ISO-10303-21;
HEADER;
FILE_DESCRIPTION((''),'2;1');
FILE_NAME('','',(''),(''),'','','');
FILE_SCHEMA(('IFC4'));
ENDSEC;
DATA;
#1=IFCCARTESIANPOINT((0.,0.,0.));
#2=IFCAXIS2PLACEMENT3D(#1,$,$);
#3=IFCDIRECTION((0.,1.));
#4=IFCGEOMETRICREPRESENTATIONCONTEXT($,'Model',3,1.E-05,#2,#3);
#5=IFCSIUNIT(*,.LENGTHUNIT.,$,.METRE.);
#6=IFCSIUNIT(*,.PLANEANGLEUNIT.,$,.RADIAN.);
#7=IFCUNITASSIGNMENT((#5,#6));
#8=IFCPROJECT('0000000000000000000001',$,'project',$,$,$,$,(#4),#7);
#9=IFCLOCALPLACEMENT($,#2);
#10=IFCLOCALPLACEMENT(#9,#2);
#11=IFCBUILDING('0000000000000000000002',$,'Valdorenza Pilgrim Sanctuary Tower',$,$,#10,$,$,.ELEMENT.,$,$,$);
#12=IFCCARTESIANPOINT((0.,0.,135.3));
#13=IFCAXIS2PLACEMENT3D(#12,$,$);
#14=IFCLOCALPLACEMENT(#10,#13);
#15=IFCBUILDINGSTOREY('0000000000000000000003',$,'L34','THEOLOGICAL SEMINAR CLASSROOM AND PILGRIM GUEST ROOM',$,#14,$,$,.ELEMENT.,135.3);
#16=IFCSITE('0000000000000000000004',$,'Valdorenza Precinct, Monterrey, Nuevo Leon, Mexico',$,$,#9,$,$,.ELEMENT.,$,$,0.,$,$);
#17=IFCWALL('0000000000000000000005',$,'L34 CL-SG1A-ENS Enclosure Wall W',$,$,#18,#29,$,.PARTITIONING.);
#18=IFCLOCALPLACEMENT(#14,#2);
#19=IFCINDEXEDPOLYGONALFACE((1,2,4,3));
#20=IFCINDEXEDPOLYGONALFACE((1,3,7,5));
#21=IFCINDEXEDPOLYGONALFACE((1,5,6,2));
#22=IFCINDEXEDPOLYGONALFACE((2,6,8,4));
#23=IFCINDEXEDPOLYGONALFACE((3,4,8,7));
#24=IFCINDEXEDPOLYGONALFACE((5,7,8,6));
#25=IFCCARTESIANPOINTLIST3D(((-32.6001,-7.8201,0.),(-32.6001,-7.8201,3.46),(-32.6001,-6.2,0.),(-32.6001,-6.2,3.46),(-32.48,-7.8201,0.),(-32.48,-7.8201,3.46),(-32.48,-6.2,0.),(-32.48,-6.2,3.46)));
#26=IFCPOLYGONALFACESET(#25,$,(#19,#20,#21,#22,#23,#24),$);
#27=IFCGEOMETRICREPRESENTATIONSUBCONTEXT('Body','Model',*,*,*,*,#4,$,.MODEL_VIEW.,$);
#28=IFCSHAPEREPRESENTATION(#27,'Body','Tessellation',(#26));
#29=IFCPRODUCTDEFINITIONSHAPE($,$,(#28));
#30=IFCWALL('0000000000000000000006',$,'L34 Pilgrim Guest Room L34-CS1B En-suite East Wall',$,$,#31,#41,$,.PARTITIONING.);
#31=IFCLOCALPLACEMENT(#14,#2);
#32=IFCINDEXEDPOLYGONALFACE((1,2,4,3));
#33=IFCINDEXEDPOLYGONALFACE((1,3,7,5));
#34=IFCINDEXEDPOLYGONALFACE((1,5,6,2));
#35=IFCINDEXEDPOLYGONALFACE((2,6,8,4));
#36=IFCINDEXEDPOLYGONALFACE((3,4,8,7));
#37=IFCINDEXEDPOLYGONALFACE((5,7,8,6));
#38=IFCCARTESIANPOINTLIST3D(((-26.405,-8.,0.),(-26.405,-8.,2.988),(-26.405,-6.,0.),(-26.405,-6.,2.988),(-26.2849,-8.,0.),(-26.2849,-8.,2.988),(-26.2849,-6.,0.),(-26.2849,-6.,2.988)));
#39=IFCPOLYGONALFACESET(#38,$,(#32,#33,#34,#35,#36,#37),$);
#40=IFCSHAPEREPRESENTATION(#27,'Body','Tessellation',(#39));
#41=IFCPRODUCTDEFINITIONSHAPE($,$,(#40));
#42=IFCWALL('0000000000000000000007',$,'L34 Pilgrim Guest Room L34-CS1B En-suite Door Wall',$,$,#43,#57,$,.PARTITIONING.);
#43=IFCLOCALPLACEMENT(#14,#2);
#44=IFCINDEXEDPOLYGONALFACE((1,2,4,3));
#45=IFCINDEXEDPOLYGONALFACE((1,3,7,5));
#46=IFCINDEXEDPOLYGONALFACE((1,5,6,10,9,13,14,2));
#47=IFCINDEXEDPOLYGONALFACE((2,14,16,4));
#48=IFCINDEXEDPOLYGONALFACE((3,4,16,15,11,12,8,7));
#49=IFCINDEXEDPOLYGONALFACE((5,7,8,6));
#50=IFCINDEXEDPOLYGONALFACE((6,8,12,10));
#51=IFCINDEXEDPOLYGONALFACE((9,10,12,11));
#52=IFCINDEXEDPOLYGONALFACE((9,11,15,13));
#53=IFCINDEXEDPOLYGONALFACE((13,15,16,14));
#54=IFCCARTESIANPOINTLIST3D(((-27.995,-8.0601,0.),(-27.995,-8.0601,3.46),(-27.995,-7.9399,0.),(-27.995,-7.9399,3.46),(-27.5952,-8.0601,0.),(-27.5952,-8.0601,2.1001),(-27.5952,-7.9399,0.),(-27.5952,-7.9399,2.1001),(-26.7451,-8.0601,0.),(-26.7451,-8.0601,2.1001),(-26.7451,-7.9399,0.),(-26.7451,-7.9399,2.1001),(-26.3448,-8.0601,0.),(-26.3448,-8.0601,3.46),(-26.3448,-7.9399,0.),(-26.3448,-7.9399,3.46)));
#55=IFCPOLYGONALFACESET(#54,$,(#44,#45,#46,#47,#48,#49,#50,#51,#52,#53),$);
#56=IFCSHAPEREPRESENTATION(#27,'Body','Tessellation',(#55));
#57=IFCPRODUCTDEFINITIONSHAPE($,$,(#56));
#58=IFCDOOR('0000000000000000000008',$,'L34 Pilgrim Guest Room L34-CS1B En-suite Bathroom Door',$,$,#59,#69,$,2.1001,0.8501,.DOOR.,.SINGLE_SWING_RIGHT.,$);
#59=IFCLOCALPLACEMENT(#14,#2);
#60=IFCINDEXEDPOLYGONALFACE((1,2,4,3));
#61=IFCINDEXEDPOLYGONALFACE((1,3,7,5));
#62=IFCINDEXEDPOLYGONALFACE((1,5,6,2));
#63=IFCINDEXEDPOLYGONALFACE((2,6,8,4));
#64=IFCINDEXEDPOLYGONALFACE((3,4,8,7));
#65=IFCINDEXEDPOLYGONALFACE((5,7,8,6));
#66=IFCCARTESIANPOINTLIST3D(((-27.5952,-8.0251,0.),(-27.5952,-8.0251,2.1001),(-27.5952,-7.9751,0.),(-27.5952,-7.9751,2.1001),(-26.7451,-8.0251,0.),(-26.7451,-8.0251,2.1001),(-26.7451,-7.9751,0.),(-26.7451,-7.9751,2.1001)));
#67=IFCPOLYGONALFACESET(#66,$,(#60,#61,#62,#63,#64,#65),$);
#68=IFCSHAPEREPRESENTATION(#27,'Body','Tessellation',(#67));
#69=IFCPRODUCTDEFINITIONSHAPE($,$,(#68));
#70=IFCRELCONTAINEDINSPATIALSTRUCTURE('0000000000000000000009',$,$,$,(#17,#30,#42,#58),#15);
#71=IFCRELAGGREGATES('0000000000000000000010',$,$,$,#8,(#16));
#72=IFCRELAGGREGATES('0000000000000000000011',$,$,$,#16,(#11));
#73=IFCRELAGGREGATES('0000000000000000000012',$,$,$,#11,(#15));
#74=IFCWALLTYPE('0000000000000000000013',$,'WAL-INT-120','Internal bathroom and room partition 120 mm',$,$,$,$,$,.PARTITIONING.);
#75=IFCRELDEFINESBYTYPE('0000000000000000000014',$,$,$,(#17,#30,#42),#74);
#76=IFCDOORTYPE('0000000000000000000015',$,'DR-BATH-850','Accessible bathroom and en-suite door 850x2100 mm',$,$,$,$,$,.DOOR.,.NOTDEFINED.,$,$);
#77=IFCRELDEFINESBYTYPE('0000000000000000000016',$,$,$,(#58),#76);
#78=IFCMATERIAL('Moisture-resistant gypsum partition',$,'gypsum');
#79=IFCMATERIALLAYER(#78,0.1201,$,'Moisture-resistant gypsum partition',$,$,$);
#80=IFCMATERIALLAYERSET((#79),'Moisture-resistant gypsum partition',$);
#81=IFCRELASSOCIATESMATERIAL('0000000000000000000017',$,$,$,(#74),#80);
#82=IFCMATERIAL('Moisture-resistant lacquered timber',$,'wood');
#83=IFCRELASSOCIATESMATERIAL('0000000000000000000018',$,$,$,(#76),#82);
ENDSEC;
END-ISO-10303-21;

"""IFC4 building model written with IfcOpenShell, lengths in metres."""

from ifc_helpers import new_model, si_unit, direction, frame, frame_2d, origin, place, context, subcontext, project, spatial, rectangle, extrude, material, layer, layer_set, type_object, element, fill, save


model = new_model("IFC4")

# Units and contexts
model_context = context("Model", 3, precision=1e-05, world=origin(), true_north=direction((0.0, 1.0)))
body_context = subcontext(model_context, "Body", "Model", "MODEL_VIEW")
ifc_project = project(units=[si_unit("LENGTHUNIT", "METRE"), si_unit("PLANEANGLEUNIT", "RADIAN")], contexts=[model_context])

# Site, building, storey
site_placement = place(None, origin())
site = spatial("IfcSite", under=ifc_project, at=site_placement, Name="Valdorenza Precinct, Monterrey, Nuevo Leon, Mexico", CompositionType="ELEMENT", RefElevation=0.0)
building_placement = place(site_placement, origin())
building = spatial("IfcBuilding", under=site, at=building_placement, Name="Valdorenza Pilgrim Sanctuary Tower", CompositionType="ELEMENT")
storey_placement = place(building_placement, frame((0.0, 0.0, 135.3)))
storey = spatial("IfcBuildingStorey", under=building, at=storey_placement, Name="L34", Description="THEOLOGICAL SEMINAR CLASSROOM AND PILGRIM GUEST ROOM", CompositionType="ELEMENT", Elevation=135.3)

# Shared definitions
ifc_material_1 = material(Name="Moisture-resistant gypsum partition", Category="gypsum")
ifc_layer_1 = layer(ifc_material_1, 0.1201, Name="Moisture-resistant gypsum partition")
ifc_layer_set_1 = layer_set([ifc_layer_1], Name="Moisture-resistant gypsum partition")
wall_type_1 = type_object("IfcWallType", Name="WAL-INT-120", Description="Internal bathroom and room partition 120 mm", PredefinedType="PARTITIONING", material=ifc_layer_set_1)

# Shared definitions
ifc_material_2 = material(Name="Moisture-resistant lacquered timber", Category="wood")
door_type_1 = type_object("IfcDoorType", Name="DR-BATH-850", Description="Accessible bathroom and en-suite door 850x2100 mm", OperationType="NOTDEFINED", PredefinedType="DOOR", material=ifc_material_2)

# Walls
wall_1_placement = place(storey_placement, frame((-32.54, -7.8201, 0.0), z_axis=(0.0, 0.0, 1.0), x_axis=(0.0, 1.0, 0.0)))
element("IfcWall", 1, at=wall_1_placement, inside=storey, type_object=wall_type_1, Name="L34 CL-SG1A-ENS Enclosure Wall W", PredefinedType="PARTITIONING", context=body_context, shape_type="SweptSolid", body=[
    extrude(rectangle(XDim=1.6201, YDim=0.1201, at=frame_2d((0.8101, 0.0))), origin(), (0.0, 0.0, 1.0), 3.46),
])
wall_2_placement = place(storey_placement, frame((-26.345, -8.0, 0.0), z_axis=(0.0, 0.0, 1.0), x_axis=(0.0, 1.0, 0.0)))
element("IfcWall", 2, at=wall_2_placement, inside=storey, type_object=wall_type_1, Name="L34 Pilgrim Guest Room L34-CS1B En-suite East Wall", PredefinedType="PARTITIONING", context=body_context, shape_type="SweptSolid", body=[
    extrude(rectangle(XDim=2.0, YDim=0.1201, at=frame_2d((1.0, 0.0))), origin(), (0.0, 0.0, 1.0), 2.988),
])

# Wall, opening, door
wall_3_placement = place(storey_placement, frame((-27.9951, -8.0, 0.0), z_axis=(0.0, 0.0, 1.0), x_axis=(1.0, 0.0, 0.0)))
wall_3 = element("IfcWall", 3, at=wall_3_placement, inside=storey, type_object=wall_type_1, Name="L34 Pilgrim Guest Room L34-CS1B En-suite Door Wall", PredefinedType="PARTITIONING", context=body_context, shape_type="SweptSolid", body=[
    extrude(rectangle(XDim=1.6501, YDim=0.1201, at=frame_2d((0.8252, 0.0))), origin(), (0.0, 0.0, 1.0), 3.46),
])
opening_1_placement = place(wall_3_placement, frame((0.3999, 0.0, 0.0)))
opening_1 = element("IfcOpeningElement", 4, at=opening_1_placement, cuts=wall_3, PredefinedType="OPENING", context=body_context, shape_type="SweptSolid", body=[
    extrude(rectangle(XDim=0.8501, YDim=2.1001, at=frame_2d((0.425, 1.05))), frame((0.0, 0.075, 0.0), z_axis=(0.0, -1.0, 0.0), x_axis=(1.0, 0.0, 0.0)), (0.0, 0.0, 1.0), 0.1499),
])
door_1_placement = place(opening_1_placement, origin())
door_1 = element("IfcDoor", 5, at=door_1_placement, inside=storey, type_object=door_type_1, Name="L34 Pilgrim Guest Room L34-CS1B En-suite Bathroom Door", OperationType="SINGLE_SWING_RIGHT", OverallHeight=2.1001, OverallWidth=0.8501, PredefinedType="DOOR", context=body_context, shape_type="SweptSolid", body=[
    extrude(rectangle(XDim=0.8501, YDim=2.1001, at=frame_2d((0.425, 1.05))), frame((0.0, 0.0249, 0.0), z_axis=(0.0, -1.0, 0.0), x_axis=(1.0, 0.0, 0.0)), (0.0, 0.0, 1.0), 0.05),
])
fill(opening_1, door_1)

save(model, "model.ifc")
